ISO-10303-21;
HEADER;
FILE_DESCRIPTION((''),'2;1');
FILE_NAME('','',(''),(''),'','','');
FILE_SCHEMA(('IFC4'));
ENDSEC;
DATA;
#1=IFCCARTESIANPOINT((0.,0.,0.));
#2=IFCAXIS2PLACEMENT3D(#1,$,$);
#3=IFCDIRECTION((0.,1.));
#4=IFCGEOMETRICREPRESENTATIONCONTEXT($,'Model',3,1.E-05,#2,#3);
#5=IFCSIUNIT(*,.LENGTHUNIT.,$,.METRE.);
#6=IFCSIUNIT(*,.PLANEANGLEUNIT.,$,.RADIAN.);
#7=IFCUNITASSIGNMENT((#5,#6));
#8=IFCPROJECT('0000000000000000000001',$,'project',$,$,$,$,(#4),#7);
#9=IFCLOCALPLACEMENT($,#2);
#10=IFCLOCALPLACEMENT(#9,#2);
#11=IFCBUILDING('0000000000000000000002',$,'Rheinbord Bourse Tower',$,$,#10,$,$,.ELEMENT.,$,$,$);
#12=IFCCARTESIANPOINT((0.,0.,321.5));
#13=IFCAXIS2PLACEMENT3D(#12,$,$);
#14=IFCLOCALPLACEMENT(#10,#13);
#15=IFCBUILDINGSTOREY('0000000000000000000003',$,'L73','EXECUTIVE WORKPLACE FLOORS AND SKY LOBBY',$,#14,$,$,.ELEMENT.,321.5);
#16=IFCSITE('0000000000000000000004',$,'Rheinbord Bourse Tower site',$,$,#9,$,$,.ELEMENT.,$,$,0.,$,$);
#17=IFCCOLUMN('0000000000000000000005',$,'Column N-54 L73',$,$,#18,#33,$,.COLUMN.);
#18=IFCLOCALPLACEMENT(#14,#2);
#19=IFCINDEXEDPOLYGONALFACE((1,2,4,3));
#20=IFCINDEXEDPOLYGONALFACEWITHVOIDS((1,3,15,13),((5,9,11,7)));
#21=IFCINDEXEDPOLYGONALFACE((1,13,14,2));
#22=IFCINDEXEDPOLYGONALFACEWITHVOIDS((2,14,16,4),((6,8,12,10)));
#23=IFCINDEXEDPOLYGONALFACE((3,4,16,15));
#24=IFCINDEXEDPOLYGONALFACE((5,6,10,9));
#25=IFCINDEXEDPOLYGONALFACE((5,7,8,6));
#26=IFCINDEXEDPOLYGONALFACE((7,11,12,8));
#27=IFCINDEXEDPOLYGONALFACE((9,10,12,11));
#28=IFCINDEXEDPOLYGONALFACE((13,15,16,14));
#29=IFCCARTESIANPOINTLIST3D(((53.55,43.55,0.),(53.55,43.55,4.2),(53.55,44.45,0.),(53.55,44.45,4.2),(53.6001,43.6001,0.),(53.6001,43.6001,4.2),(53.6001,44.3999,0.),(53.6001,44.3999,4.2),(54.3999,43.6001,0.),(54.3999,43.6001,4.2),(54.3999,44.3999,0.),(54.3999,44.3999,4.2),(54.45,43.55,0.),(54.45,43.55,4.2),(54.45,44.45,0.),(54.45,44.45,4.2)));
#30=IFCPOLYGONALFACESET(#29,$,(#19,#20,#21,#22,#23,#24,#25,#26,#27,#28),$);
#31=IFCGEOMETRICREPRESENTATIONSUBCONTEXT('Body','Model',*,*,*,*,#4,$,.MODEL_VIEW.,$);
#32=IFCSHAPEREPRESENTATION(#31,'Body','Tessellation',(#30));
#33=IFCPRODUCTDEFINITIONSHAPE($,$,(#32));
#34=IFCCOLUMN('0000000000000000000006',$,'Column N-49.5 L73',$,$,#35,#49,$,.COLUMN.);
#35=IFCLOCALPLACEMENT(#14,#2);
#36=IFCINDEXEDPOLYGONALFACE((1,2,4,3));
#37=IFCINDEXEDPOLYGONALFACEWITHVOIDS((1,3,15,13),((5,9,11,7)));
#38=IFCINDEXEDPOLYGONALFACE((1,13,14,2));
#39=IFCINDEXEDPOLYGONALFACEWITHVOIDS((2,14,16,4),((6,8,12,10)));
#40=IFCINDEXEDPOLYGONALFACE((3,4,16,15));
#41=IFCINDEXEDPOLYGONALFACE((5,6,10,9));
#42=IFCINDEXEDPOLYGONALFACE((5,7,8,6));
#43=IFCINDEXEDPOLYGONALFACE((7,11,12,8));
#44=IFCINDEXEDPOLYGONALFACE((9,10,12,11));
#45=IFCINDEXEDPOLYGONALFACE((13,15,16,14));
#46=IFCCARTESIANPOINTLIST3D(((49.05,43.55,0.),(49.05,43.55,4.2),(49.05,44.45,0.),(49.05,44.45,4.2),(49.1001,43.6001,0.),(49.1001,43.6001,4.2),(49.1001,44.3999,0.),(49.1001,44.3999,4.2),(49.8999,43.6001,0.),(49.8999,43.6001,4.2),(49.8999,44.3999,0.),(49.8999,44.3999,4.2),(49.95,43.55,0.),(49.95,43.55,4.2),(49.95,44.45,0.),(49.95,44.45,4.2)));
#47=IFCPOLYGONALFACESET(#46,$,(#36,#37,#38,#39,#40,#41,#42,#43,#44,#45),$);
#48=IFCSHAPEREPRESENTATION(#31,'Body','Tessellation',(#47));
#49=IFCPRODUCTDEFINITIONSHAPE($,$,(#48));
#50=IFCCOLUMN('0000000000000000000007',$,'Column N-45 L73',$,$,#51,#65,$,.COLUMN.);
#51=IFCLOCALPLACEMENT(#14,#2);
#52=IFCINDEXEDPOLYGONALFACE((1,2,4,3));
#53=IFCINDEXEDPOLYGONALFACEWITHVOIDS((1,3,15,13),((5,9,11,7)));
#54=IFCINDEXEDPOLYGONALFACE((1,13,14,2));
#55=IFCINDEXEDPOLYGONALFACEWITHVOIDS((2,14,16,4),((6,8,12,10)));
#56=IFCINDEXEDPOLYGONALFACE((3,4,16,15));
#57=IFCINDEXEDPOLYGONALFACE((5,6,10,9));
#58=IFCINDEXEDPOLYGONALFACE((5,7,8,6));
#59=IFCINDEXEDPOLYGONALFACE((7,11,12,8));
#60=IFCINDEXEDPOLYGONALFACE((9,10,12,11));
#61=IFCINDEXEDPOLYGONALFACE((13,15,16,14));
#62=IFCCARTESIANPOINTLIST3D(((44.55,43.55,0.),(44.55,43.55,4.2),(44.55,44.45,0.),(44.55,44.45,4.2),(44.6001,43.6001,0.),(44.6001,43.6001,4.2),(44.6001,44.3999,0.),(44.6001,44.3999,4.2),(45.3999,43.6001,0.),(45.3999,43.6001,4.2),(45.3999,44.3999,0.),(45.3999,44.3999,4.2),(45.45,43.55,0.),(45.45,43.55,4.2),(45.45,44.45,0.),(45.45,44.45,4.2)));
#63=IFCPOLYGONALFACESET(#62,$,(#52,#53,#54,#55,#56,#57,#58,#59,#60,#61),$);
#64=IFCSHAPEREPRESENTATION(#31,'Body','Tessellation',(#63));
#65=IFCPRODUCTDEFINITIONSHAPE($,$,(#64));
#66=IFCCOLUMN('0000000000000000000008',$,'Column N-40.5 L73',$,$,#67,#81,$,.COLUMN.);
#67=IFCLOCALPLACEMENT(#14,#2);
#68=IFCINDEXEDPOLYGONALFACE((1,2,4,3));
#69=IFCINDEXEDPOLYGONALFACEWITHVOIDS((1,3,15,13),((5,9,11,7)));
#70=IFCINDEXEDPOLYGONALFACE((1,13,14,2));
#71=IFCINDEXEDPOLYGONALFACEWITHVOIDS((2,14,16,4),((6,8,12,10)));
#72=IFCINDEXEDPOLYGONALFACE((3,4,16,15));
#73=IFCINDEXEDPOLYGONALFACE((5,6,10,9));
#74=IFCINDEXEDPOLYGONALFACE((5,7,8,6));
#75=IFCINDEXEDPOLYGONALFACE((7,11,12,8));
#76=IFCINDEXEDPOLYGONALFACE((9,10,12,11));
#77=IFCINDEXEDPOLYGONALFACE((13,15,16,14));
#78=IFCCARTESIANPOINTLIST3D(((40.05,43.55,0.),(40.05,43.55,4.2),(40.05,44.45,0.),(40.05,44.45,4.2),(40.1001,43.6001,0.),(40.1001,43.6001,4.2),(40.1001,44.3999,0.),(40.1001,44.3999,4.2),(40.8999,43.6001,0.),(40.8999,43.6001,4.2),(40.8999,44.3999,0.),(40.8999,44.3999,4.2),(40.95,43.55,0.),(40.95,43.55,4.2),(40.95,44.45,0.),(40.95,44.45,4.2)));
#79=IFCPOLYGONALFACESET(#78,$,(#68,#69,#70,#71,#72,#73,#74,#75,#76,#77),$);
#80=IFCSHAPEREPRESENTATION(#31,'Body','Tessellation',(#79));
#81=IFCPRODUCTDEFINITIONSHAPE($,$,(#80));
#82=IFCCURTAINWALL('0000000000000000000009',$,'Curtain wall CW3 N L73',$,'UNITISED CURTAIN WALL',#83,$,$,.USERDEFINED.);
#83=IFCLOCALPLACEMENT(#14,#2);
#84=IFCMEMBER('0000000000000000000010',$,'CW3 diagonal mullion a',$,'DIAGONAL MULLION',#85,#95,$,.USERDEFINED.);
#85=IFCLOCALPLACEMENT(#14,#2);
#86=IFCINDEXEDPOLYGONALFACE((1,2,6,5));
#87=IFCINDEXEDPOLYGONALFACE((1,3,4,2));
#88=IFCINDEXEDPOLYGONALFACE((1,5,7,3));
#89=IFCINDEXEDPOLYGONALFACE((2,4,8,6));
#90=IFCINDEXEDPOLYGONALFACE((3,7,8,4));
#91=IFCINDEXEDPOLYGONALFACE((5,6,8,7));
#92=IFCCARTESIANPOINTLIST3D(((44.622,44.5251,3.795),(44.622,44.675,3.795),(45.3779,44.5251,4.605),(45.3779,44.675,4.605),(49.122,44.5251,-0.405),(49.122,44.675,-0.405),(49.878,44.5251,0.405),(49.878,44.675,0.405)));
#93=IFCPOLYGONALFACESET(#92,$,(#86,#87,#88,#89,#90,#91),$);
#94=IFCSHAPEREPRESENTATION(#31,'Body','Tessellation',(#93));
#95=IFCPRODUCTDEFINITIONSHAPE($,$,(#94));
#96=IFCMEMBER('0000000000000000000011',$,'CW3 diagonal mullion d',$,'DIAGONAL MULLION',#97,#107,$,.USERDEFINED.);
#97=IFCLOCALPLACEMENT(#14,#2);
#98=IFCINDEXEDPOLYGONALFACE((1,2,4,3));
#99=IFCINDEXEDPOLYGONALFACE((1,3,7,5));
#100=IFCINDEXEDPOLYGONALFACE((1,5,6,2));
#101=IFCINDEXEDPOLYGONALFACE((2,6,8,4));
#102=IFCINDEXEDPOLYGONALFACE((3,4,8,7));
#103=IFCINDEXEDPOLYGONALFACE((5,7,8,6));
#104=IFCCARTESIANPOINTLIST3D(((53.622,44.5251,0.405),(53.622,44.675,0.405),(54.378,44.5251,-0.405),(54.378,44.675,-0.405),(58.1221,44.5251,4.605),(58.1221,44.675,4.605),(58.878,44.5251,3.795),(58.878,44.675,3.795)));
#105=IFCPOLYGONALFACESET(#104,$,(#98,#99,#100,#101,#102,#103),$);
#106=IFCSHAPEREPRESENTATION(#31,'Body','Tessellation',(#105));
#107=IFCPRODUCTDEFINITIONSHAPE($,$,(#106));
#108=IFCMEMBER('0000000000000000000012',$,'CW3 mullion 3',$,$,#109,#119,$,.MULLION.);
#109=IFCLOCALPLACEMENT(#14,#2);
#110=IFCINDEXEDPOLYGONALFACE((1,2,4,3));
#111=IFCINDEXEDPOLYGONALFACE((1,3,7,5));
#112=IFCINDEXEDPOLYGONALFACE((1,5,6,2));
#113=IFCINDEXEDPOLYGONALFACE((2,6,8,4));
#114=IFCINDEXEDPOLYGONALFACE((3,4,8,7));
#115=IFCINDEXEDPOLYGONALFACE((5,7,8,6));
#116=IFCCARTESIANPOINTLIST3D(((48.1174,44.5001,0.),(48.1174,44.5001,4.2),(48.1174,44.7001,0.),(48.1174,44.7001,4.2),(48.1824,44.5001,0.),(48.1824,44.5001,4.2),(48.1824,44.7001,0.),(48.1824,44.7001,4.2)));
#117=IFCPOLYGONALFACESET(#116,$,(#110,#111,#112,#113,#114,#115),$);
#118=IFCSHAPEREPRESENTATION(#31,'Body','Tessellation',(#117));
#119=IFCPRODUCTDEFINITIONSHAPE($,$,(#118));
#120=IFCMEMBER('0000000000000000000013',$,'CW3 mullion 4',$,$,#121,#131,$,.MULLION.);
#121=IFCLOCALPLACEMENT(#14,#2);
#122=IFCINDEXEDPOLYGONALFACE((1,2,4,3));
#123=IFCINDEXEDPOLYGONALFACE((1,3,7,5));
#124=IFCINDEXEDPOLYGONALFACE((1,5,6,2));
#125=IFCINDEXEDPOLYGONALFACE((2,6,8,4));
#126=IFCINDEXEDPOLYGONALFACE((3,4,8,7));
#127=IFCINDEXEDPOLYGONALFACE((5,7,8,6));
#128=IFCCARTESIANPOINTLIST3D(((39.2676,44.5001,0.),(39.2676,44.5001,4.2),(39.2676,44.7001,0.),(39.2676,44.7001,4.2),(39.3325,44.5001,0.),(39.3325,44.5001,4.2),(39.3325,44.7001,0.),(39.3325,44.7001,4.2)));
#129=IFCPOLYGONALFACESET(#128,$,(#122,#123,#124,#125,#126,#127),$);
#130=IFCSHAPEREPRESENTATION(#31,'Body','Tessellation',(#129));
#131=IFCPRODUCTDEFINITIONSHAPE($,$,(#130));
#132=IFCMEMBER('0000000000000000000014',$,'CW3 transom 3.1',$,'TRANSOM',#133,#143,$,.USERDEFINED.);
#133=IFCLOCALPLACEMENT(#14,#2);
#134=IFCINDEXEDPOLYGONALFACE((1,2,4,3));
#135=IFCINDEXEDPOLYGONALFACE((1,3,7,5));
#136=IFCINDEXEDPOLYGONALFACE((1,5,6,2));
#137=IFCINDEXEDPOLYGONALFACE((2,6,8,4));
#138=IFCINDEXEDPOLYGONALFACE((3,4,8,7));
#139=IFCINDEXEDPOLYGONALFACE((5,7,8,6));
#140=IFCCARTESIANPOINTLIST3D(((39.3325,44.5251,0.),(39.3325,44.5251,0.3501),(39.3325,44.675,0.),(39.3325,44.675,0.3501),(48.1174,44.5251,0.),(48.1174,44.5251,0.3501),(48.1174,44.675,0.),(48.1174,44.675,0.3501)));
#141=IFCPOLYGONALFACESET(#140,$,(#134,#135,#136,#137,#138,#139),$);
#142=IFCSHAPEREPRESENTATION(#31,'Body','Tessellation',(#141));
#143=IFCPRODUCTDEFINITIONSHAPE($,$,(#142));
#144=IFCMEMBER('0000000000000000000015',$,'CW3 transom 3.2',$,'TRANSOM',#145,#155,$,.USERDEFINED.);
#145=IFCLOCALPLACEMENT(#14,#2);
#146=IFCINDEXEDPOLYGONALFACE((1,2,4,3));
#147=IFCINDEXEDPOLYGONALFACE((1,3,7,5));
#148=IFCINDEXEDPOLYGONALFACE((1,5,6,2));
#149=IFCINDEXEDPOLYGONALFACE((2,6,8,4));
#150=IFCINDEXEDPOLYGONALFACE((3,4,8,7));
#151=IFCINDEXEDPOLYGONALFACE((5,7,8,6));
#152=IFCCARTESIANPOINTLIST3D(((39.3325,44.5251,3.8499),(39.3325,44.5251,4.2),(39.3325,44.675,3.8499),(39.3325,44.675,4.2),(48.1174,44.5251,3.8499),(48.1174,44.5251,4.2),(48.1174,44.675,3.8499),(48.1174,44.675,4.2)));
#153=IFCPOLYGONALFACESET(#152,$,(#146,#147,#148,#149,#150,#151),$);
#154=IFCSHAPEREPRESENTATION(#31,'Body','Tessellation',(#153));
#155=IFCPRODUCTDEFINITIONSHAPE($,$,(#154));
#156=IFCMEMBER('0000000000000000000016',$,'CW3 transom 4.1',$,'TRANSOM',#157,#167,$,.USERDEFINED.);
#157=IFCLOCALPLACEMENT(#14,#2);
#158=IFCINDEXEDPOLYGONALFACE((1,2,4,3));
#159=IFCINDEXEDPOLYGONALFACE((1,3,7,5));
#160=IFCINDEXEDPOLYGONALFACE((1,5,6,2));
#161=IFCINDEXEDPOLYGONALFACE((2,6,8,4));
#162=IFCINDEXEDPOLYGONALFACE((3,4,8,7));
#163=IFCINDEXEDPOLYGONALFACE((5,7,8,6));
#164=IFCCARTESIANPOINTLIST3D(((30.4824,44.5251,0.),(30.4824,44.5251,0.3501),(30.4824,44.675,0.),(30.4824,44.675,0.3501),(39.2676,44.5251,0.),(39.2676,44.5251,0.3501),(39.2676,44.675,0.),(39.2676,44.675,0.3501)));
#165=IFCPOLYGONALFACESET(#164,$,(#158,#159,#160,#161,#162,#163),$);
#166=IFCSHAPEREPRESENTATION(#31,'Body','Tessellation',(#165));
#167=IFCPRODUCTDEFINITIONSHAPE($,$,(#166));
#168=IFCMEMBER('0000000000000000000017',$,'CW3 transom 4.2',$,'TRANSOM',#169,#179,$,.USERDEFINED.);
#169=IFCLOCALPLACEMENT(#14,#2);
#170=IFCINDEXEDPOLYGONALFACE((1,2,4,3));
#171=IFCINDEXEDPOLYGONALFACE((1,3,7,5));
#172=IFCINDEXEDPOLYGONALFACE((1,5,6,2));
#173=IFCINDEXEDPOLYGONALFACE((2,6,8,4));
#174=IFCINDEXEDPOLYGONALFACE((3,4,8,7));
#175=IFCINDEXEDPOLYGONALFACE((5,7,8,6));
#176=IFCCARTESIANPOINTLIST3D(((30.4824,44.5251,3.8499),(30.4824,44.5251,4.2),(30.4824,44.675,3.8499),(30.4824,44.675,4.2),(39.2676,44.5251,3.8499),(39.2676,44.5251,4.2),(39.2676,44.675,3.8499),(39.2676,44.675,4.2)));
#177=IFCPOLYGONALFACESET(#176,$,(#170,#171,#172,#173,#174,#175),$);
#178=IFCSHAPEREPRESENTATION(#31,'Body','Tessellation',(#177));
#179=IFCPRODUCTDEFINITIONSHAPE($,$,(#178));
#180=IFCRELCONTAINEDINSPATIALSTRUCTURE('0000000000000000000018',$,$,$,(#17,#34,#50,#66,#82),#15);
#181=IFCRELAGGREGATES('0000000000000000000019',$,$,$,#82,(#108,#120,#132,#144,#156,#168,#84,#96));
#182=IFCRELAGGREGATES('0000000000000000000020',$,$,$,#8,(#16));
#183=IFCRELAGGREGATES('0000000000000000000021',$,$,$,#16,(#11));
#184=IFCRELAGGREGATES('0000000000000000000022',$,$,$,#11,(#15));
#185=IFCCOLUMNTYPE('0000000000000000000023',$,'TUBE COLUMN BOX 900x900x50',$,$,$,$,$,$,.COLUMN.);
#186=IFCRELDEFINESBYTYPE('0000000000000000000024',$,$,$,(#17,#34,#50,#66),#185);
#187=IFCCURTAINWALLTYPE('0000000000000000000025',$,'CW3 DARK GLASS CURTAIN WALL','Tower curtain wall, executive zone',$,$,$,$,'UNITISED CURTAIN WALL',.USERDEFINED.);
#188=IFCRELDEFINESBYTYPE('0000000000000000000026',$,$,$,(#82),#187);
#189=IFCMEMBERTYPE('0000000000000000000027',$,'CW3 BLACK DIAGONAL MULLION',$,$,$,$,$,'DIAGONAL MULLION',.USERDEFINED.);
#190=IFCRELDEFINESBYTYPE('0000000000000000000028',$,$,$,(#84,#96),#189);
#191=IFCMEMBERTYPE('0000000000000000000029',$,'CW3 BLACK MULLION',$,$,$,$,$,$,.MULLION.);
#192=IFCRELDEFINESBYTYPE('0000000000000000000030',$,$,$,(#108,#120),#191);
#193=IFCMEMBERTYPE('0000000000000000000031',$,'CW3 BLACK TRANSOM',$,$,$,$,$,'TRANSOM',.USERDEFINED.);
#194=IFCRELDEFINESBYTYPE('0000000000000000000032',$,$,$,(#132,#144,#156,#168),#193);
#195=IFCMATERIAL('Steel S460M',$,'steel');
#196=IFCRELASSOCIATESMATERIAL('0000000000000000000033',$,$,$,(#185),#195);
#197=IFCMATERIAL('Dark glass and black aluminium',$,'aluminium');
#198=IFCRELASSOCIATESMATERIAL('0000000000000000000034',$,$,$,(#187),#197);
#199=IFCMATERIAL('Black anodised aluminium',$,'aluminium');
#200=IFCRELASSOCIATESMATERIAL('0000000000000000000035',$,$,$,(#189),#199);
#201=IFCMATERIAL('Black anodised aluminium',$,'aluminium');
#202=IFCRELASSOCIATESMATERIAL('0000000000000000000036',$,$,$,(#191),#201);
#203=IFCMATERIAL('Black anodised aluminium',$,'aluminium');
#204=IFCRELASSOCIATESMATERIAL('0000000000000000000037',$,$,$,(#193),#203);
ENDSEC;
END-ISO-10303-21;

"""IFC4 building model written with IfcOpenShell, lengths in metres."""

from ifc_helpers import new_model, si_unit, direction, frame, origin, origin_2d, place, context, subcontext, project, spatial, rectangle, hollow_rectangle, extrude, material, material_profile, profile_set, type_object, element, aggregate, save


model = new_model("IFC4")

# Units and contexts
model_context = context("Model", 3, precision=1e-05, world=origin(), true_north=direction((0.0, 1.0)))
body_context = subcontext(model_context, "Body", "Model", "MODEL_VIEW")
ifc_project = project(units=[si_unit("LENGTHUNIT", "METRE"), si_unit("PLANEANGLEUNIT", "RADIAN")], contexts=[model_context])

# Site, building, storey
site_placement = place(None, origin())
site = spatial("IfcSite", under=ifc_project, at=site_placement, Name="Rheinbord Bourse Tower site", CompositionType="ELEMENT", RefElevation=0.0)
building_placement = place(site_placement, origin())
building = spatial("IfcBuilding", under=site, at=building_placement, Name="Rheinbord Bourse Tower", CompositionType="ELEMENT")
storey_placement = place(building_placement, frame((0.0, 0.0, 321.5)))
storey = spatial("IfcBuildingStorey", under=building, at=storey_placement, Name="L73", Description="EXECUTIVE WORKPLACE FLOORS AND SKY LOBBY", CompositionType="ELEMENT", Elevation=321.5)

# Columns
ifc_material_1 = material(Name="Steel S460M", Category="steel")
ifc_material_profile_1 = material_profile(ifc_material_1, hollow_rectangle(XDim=0.8999, YDim=0.8999, WallThickness=0.05, at=origin_2d()), Name="BOX 900x900x50")
ifc_profile_set_1 = profile_set([ifc_material_profile_1], Name="Steel S460M")
column_type = type_object("IfcColumnType", Name="TUBE COLUMN BOX 900x900x50", PredefinedType="COLUMN", material=ifc_profile_set_1)
for number, where, z_axis, x_axis, name in (
    (1, (54.0, 44.0, 0.0), (0.0, 0.0, 1.0), (0.0, 1.0, 0.0), "Column N-54 L73"),
    (2, (49.5, 44.0, 0.0), (0.0, 0.0, 1.0), (0.0, 1.0, 0.0), "Column N-49.5 L73"),
    (3, (45.0, 44.0, 0.0), (0.0, 0.0, 1.0), (0.0, 1.0, 0.0), "Column N-45 L73"),
    (4, (40.5, 44.0, 0.0), (0.0, 0.0, 1.0), (0.0, 1.0, 0.0), "Column N-40.5 L73"),
):
    element("IfcColumn", number, at=place(storey_placement, frame(where, z_axis=z_axis, x_axis=x_axis)), inside=storey, type_object=column_type, Name=name, PredefinedType="COLUMN", context=body_context, shape_type="SweptSolid", body=[
        extrude(hollow_rectangle(XDim=0.8999, YDim=0.8999, WallThickness=0.05, at=origin_2d()), origin(), (0.0, 0.0, 1.0), 4.2),
    ])

# Curtain wall, members
ifc_material_2 = material(Name="Dark glass and black aluminium", Category="aluminium")
curtain_wall_type = type_object("IfcCurtainWallType", Name="CW3 DARK GLASS CURTAIN WALL", Description="Tower curtain wall, executive zone", ElementType="UNITISED CURTAIN WALL", PredefinedType="USERDEFINED", material=ifc_material_2)
curtain_wall_placement = place(storey_placement, origin())
curtain_wall = element("IfcCurtainWall", 5, at=curtain_wall_placement, inside=storey, type_object=curtain_wall_type, Name="Curtain wall CW3 N L73", ObjectType="UNITISED CURTAIN WALL", PredefinedType="USERDEFINED")
ifc_material_3 = material(Name="Black anodised aluminium", Category="aluminium")
ifc_material_profile_2 = material_profile(ifc_material_3, rectangle(XDim=0.1499, YDim=1.1079, at=origin_2d()), Name="CW3 DIAGONAL MULLION 1108x150")
ifc_profile_set_2 = profile_set([ifc_material_profile_2], Name="Black anodised aluminium")
member_type_1 = type_object("IfcMemberType", Name="CW3 BLACK DIAGONAL MULLION", ElementType="DIAGONAL MULLION", PredefinedType="USERDEFINED", material=ifc_profile_set_2)
member_1_placement = place(storey_placement, frame((49.5, 44.6001, 0.0), z_axis=(-0.731059, 0.0, 0.682314), x_axis=(0.0, -1.0, 0.0)))
member_1 = element("IfcMember", 6, at=member_1_placement, type_object=member_type_1, Name="CW3 diagonal mullion a", ObjectType="DIAGONAL MULLION", PredefinedType="USERDEFINED", context=body_context, shape_type="SweptSolid", body=[
    extrude(rectangle(XDim=0.1499, YDim=1.1079, at=origin_2d()), origin(), (0.0, 0.0, 1.0), 6.1555),
])
member_2_placement = place(storey_placement, frame((54.0, 44.6001, 0.0), z_axis=(0.731059, 0.0, 0.682314), x_axis=(0.0, 1.0, 0.0)))
member_2 = element("IfcMember", 7, at=member_2_placement, type_object=member_type_1, Name="CW3 diagonal mullion d", ObjectType="DIAGONAL MULLION", PredefinedType="USERDEFINED", context=body_context, shape_type="SweptSolid", body=[
    extrude(rectangle(XDim=0.1499, YDim=1.1079, at=origin_2d()), origin(), (0.0, 0.0, 1.0), 6.1555),
])
ifc_material_4 = material(Name="Black anodised aluminium", Category="aluminium")
ifc_material_profile_3 = material_profile(ifc_material_4, rectangle(XDim=0.2, YDim=0.0649, at=origin_2d()), Name="CW3 MULLION 65x200")
ifc_profile_set_3 = profile_set([ifc_material_profile_3], Name="Black anodised aluminium")
member_type_2 = type_object("IfcMemberType", Name="CW3 BLACK MULLION", PredefinedType="MULLION", material=ifc_profile_set_3)
member_3_placement = place(storey_placement, frame((48.1499, 44.6001, 0.0), z_axis=(0.0, 0.0, 1.0), x_axis=(0.0, -1.0, 0.0)))
member_3 = element("IfcMember", 8, at=member_3_placement, type_object=member_type_2, Name="CW3 mullion 3", PredefinedType="MULLION", context=body_context, shape_type="SweptSolid", body=[
    extrude(rectangle(XDim=0.2, YDim=0.0649, at=origin_2d()), origin(), (0.0, 0.0, 1.0), 4.2),
])
member_4_placement = place(storey_placement, frame((39.3, 44.6001, 0.0), z_axis=(0.0, 0.0, 1.0), x_axis=(0.0, -1.0, 0.0)))
member_4 = element("IfcMember", 9, at=member_4_placement, type_object=member_type_2, Name="CW3 mullion 4", PredefinedType="MULLION", context=body_context, shape_type="SweptSolid", body=[
    extrude(rectangle(XDim=0.2, YDim=0.0649, at=origin_2d()), origin(), (0.0, 0.0, 1.0), 4.2),
])
ifc_material_5 = material(Name="Black anodised aluminium", Category="aluminium")
ifc_material_profile_4 = material_profile(ifc_material_5, rectangle(XDim=0.1499, YDim=0.3501, at=origin_2d()), Name="CW3 TRANSOM 350x150")
ifc_profile_set_4 = profile_set([ifc_material_profile_4], Name="Black anodised aluminium")
member_type_3 = type_object("IfcMemberType", Name="CW3 BLACK TRANSOM", ElementType="TRANSOM", PredefinedType="USERDEFINED", material=ifc_profile_set_4)
member_5_placement = place(storey_placement, frame((48.1174, 44.6001, 0.175), z_axis=(-1.0, 0.0, 0.0), x_axis=(0.0, -1.0, 0.0)))
member_5 = element("IfcMember", 10, at=member_5_placement, type_object=member_type_3, Name="CW3 transom 3.1", ObjectType="TRANSOM", PredefinedType="USERDEFINED", context=body_context, shape_type="SweptSolid", body=[
    extrude(rectangle(XDim=0.1499, YDim=0.3501, at=origin_2d()), origin(), (0.0, 0.0, 1.0), 8.7849),
])
member_6_placement = place(storey_placement, frame((48.1174, 44.6001, 4.0249), z_axis=(-1.0, 0.0, 0.0), x_axis=(0.0, -1.0, 0.0)))
member_6 = element("IfcMember", 11, at=member_6_placement, type_object=member_type_3, Name="CW3 transom 3.2", ObjectType="TRANSOM", PredefinedType="USERDEFINED", context=body_context, shape_type="SweptSolid", body=[
    extrude(rectangle(XDim=0.1499, YDim=0.3501, at=origin_2d()), origin(), (0.0, 0.0, 1.0), 8.7849),
])
member_7_placement = place(storey_placement, frame((39.2676, 44.6001, 0.175), z_axis=(-1.0, 0.0, 0.0), x_axis=(0.0, -1.0, 0.0)))
member_7 = element("IfcMember", 12, at=member_7_placement, type_object=member_type_3, Name="CW3 transom 4.1", ObjectType="TRANSOM", PredefinedType="USERDEFINED", context=body_context, shape_type="SweptSolid", body=[
    extrude(rectangle(XDim=0.1499, YDim=0.3501, at=origin_2d()), origin(), (0.0, 0.0, 1.0), 8.7852),
])
member_8_placement = place(storey_placement, frame((39.2676, 44.6001, 4.0249), z_axis=(-1.0, 0.0, 0.0), x_axis=(0.0, -1.0, 0.0)))
member_8 = element("IfcMember", 13, at=member_8_placement, type_object=member_type_3, Name="CW3 transom 4.2", ObjectType="TRANSOM", PredefinedType="USERDEFINED", context=body_context, shape_type="SweptSolid", body=[
    extrude(rectangle(XDim=0.1499, YDim=0.3501, at=origin_2d()), origin(), (0.0, 0.0, 1.0), 8.7852),
])

aggregate(curtain_wall, [member_3, member_4, member_5, member_6, member_7, member_8, member_1, member_2])

save(model, "model.ifc")
